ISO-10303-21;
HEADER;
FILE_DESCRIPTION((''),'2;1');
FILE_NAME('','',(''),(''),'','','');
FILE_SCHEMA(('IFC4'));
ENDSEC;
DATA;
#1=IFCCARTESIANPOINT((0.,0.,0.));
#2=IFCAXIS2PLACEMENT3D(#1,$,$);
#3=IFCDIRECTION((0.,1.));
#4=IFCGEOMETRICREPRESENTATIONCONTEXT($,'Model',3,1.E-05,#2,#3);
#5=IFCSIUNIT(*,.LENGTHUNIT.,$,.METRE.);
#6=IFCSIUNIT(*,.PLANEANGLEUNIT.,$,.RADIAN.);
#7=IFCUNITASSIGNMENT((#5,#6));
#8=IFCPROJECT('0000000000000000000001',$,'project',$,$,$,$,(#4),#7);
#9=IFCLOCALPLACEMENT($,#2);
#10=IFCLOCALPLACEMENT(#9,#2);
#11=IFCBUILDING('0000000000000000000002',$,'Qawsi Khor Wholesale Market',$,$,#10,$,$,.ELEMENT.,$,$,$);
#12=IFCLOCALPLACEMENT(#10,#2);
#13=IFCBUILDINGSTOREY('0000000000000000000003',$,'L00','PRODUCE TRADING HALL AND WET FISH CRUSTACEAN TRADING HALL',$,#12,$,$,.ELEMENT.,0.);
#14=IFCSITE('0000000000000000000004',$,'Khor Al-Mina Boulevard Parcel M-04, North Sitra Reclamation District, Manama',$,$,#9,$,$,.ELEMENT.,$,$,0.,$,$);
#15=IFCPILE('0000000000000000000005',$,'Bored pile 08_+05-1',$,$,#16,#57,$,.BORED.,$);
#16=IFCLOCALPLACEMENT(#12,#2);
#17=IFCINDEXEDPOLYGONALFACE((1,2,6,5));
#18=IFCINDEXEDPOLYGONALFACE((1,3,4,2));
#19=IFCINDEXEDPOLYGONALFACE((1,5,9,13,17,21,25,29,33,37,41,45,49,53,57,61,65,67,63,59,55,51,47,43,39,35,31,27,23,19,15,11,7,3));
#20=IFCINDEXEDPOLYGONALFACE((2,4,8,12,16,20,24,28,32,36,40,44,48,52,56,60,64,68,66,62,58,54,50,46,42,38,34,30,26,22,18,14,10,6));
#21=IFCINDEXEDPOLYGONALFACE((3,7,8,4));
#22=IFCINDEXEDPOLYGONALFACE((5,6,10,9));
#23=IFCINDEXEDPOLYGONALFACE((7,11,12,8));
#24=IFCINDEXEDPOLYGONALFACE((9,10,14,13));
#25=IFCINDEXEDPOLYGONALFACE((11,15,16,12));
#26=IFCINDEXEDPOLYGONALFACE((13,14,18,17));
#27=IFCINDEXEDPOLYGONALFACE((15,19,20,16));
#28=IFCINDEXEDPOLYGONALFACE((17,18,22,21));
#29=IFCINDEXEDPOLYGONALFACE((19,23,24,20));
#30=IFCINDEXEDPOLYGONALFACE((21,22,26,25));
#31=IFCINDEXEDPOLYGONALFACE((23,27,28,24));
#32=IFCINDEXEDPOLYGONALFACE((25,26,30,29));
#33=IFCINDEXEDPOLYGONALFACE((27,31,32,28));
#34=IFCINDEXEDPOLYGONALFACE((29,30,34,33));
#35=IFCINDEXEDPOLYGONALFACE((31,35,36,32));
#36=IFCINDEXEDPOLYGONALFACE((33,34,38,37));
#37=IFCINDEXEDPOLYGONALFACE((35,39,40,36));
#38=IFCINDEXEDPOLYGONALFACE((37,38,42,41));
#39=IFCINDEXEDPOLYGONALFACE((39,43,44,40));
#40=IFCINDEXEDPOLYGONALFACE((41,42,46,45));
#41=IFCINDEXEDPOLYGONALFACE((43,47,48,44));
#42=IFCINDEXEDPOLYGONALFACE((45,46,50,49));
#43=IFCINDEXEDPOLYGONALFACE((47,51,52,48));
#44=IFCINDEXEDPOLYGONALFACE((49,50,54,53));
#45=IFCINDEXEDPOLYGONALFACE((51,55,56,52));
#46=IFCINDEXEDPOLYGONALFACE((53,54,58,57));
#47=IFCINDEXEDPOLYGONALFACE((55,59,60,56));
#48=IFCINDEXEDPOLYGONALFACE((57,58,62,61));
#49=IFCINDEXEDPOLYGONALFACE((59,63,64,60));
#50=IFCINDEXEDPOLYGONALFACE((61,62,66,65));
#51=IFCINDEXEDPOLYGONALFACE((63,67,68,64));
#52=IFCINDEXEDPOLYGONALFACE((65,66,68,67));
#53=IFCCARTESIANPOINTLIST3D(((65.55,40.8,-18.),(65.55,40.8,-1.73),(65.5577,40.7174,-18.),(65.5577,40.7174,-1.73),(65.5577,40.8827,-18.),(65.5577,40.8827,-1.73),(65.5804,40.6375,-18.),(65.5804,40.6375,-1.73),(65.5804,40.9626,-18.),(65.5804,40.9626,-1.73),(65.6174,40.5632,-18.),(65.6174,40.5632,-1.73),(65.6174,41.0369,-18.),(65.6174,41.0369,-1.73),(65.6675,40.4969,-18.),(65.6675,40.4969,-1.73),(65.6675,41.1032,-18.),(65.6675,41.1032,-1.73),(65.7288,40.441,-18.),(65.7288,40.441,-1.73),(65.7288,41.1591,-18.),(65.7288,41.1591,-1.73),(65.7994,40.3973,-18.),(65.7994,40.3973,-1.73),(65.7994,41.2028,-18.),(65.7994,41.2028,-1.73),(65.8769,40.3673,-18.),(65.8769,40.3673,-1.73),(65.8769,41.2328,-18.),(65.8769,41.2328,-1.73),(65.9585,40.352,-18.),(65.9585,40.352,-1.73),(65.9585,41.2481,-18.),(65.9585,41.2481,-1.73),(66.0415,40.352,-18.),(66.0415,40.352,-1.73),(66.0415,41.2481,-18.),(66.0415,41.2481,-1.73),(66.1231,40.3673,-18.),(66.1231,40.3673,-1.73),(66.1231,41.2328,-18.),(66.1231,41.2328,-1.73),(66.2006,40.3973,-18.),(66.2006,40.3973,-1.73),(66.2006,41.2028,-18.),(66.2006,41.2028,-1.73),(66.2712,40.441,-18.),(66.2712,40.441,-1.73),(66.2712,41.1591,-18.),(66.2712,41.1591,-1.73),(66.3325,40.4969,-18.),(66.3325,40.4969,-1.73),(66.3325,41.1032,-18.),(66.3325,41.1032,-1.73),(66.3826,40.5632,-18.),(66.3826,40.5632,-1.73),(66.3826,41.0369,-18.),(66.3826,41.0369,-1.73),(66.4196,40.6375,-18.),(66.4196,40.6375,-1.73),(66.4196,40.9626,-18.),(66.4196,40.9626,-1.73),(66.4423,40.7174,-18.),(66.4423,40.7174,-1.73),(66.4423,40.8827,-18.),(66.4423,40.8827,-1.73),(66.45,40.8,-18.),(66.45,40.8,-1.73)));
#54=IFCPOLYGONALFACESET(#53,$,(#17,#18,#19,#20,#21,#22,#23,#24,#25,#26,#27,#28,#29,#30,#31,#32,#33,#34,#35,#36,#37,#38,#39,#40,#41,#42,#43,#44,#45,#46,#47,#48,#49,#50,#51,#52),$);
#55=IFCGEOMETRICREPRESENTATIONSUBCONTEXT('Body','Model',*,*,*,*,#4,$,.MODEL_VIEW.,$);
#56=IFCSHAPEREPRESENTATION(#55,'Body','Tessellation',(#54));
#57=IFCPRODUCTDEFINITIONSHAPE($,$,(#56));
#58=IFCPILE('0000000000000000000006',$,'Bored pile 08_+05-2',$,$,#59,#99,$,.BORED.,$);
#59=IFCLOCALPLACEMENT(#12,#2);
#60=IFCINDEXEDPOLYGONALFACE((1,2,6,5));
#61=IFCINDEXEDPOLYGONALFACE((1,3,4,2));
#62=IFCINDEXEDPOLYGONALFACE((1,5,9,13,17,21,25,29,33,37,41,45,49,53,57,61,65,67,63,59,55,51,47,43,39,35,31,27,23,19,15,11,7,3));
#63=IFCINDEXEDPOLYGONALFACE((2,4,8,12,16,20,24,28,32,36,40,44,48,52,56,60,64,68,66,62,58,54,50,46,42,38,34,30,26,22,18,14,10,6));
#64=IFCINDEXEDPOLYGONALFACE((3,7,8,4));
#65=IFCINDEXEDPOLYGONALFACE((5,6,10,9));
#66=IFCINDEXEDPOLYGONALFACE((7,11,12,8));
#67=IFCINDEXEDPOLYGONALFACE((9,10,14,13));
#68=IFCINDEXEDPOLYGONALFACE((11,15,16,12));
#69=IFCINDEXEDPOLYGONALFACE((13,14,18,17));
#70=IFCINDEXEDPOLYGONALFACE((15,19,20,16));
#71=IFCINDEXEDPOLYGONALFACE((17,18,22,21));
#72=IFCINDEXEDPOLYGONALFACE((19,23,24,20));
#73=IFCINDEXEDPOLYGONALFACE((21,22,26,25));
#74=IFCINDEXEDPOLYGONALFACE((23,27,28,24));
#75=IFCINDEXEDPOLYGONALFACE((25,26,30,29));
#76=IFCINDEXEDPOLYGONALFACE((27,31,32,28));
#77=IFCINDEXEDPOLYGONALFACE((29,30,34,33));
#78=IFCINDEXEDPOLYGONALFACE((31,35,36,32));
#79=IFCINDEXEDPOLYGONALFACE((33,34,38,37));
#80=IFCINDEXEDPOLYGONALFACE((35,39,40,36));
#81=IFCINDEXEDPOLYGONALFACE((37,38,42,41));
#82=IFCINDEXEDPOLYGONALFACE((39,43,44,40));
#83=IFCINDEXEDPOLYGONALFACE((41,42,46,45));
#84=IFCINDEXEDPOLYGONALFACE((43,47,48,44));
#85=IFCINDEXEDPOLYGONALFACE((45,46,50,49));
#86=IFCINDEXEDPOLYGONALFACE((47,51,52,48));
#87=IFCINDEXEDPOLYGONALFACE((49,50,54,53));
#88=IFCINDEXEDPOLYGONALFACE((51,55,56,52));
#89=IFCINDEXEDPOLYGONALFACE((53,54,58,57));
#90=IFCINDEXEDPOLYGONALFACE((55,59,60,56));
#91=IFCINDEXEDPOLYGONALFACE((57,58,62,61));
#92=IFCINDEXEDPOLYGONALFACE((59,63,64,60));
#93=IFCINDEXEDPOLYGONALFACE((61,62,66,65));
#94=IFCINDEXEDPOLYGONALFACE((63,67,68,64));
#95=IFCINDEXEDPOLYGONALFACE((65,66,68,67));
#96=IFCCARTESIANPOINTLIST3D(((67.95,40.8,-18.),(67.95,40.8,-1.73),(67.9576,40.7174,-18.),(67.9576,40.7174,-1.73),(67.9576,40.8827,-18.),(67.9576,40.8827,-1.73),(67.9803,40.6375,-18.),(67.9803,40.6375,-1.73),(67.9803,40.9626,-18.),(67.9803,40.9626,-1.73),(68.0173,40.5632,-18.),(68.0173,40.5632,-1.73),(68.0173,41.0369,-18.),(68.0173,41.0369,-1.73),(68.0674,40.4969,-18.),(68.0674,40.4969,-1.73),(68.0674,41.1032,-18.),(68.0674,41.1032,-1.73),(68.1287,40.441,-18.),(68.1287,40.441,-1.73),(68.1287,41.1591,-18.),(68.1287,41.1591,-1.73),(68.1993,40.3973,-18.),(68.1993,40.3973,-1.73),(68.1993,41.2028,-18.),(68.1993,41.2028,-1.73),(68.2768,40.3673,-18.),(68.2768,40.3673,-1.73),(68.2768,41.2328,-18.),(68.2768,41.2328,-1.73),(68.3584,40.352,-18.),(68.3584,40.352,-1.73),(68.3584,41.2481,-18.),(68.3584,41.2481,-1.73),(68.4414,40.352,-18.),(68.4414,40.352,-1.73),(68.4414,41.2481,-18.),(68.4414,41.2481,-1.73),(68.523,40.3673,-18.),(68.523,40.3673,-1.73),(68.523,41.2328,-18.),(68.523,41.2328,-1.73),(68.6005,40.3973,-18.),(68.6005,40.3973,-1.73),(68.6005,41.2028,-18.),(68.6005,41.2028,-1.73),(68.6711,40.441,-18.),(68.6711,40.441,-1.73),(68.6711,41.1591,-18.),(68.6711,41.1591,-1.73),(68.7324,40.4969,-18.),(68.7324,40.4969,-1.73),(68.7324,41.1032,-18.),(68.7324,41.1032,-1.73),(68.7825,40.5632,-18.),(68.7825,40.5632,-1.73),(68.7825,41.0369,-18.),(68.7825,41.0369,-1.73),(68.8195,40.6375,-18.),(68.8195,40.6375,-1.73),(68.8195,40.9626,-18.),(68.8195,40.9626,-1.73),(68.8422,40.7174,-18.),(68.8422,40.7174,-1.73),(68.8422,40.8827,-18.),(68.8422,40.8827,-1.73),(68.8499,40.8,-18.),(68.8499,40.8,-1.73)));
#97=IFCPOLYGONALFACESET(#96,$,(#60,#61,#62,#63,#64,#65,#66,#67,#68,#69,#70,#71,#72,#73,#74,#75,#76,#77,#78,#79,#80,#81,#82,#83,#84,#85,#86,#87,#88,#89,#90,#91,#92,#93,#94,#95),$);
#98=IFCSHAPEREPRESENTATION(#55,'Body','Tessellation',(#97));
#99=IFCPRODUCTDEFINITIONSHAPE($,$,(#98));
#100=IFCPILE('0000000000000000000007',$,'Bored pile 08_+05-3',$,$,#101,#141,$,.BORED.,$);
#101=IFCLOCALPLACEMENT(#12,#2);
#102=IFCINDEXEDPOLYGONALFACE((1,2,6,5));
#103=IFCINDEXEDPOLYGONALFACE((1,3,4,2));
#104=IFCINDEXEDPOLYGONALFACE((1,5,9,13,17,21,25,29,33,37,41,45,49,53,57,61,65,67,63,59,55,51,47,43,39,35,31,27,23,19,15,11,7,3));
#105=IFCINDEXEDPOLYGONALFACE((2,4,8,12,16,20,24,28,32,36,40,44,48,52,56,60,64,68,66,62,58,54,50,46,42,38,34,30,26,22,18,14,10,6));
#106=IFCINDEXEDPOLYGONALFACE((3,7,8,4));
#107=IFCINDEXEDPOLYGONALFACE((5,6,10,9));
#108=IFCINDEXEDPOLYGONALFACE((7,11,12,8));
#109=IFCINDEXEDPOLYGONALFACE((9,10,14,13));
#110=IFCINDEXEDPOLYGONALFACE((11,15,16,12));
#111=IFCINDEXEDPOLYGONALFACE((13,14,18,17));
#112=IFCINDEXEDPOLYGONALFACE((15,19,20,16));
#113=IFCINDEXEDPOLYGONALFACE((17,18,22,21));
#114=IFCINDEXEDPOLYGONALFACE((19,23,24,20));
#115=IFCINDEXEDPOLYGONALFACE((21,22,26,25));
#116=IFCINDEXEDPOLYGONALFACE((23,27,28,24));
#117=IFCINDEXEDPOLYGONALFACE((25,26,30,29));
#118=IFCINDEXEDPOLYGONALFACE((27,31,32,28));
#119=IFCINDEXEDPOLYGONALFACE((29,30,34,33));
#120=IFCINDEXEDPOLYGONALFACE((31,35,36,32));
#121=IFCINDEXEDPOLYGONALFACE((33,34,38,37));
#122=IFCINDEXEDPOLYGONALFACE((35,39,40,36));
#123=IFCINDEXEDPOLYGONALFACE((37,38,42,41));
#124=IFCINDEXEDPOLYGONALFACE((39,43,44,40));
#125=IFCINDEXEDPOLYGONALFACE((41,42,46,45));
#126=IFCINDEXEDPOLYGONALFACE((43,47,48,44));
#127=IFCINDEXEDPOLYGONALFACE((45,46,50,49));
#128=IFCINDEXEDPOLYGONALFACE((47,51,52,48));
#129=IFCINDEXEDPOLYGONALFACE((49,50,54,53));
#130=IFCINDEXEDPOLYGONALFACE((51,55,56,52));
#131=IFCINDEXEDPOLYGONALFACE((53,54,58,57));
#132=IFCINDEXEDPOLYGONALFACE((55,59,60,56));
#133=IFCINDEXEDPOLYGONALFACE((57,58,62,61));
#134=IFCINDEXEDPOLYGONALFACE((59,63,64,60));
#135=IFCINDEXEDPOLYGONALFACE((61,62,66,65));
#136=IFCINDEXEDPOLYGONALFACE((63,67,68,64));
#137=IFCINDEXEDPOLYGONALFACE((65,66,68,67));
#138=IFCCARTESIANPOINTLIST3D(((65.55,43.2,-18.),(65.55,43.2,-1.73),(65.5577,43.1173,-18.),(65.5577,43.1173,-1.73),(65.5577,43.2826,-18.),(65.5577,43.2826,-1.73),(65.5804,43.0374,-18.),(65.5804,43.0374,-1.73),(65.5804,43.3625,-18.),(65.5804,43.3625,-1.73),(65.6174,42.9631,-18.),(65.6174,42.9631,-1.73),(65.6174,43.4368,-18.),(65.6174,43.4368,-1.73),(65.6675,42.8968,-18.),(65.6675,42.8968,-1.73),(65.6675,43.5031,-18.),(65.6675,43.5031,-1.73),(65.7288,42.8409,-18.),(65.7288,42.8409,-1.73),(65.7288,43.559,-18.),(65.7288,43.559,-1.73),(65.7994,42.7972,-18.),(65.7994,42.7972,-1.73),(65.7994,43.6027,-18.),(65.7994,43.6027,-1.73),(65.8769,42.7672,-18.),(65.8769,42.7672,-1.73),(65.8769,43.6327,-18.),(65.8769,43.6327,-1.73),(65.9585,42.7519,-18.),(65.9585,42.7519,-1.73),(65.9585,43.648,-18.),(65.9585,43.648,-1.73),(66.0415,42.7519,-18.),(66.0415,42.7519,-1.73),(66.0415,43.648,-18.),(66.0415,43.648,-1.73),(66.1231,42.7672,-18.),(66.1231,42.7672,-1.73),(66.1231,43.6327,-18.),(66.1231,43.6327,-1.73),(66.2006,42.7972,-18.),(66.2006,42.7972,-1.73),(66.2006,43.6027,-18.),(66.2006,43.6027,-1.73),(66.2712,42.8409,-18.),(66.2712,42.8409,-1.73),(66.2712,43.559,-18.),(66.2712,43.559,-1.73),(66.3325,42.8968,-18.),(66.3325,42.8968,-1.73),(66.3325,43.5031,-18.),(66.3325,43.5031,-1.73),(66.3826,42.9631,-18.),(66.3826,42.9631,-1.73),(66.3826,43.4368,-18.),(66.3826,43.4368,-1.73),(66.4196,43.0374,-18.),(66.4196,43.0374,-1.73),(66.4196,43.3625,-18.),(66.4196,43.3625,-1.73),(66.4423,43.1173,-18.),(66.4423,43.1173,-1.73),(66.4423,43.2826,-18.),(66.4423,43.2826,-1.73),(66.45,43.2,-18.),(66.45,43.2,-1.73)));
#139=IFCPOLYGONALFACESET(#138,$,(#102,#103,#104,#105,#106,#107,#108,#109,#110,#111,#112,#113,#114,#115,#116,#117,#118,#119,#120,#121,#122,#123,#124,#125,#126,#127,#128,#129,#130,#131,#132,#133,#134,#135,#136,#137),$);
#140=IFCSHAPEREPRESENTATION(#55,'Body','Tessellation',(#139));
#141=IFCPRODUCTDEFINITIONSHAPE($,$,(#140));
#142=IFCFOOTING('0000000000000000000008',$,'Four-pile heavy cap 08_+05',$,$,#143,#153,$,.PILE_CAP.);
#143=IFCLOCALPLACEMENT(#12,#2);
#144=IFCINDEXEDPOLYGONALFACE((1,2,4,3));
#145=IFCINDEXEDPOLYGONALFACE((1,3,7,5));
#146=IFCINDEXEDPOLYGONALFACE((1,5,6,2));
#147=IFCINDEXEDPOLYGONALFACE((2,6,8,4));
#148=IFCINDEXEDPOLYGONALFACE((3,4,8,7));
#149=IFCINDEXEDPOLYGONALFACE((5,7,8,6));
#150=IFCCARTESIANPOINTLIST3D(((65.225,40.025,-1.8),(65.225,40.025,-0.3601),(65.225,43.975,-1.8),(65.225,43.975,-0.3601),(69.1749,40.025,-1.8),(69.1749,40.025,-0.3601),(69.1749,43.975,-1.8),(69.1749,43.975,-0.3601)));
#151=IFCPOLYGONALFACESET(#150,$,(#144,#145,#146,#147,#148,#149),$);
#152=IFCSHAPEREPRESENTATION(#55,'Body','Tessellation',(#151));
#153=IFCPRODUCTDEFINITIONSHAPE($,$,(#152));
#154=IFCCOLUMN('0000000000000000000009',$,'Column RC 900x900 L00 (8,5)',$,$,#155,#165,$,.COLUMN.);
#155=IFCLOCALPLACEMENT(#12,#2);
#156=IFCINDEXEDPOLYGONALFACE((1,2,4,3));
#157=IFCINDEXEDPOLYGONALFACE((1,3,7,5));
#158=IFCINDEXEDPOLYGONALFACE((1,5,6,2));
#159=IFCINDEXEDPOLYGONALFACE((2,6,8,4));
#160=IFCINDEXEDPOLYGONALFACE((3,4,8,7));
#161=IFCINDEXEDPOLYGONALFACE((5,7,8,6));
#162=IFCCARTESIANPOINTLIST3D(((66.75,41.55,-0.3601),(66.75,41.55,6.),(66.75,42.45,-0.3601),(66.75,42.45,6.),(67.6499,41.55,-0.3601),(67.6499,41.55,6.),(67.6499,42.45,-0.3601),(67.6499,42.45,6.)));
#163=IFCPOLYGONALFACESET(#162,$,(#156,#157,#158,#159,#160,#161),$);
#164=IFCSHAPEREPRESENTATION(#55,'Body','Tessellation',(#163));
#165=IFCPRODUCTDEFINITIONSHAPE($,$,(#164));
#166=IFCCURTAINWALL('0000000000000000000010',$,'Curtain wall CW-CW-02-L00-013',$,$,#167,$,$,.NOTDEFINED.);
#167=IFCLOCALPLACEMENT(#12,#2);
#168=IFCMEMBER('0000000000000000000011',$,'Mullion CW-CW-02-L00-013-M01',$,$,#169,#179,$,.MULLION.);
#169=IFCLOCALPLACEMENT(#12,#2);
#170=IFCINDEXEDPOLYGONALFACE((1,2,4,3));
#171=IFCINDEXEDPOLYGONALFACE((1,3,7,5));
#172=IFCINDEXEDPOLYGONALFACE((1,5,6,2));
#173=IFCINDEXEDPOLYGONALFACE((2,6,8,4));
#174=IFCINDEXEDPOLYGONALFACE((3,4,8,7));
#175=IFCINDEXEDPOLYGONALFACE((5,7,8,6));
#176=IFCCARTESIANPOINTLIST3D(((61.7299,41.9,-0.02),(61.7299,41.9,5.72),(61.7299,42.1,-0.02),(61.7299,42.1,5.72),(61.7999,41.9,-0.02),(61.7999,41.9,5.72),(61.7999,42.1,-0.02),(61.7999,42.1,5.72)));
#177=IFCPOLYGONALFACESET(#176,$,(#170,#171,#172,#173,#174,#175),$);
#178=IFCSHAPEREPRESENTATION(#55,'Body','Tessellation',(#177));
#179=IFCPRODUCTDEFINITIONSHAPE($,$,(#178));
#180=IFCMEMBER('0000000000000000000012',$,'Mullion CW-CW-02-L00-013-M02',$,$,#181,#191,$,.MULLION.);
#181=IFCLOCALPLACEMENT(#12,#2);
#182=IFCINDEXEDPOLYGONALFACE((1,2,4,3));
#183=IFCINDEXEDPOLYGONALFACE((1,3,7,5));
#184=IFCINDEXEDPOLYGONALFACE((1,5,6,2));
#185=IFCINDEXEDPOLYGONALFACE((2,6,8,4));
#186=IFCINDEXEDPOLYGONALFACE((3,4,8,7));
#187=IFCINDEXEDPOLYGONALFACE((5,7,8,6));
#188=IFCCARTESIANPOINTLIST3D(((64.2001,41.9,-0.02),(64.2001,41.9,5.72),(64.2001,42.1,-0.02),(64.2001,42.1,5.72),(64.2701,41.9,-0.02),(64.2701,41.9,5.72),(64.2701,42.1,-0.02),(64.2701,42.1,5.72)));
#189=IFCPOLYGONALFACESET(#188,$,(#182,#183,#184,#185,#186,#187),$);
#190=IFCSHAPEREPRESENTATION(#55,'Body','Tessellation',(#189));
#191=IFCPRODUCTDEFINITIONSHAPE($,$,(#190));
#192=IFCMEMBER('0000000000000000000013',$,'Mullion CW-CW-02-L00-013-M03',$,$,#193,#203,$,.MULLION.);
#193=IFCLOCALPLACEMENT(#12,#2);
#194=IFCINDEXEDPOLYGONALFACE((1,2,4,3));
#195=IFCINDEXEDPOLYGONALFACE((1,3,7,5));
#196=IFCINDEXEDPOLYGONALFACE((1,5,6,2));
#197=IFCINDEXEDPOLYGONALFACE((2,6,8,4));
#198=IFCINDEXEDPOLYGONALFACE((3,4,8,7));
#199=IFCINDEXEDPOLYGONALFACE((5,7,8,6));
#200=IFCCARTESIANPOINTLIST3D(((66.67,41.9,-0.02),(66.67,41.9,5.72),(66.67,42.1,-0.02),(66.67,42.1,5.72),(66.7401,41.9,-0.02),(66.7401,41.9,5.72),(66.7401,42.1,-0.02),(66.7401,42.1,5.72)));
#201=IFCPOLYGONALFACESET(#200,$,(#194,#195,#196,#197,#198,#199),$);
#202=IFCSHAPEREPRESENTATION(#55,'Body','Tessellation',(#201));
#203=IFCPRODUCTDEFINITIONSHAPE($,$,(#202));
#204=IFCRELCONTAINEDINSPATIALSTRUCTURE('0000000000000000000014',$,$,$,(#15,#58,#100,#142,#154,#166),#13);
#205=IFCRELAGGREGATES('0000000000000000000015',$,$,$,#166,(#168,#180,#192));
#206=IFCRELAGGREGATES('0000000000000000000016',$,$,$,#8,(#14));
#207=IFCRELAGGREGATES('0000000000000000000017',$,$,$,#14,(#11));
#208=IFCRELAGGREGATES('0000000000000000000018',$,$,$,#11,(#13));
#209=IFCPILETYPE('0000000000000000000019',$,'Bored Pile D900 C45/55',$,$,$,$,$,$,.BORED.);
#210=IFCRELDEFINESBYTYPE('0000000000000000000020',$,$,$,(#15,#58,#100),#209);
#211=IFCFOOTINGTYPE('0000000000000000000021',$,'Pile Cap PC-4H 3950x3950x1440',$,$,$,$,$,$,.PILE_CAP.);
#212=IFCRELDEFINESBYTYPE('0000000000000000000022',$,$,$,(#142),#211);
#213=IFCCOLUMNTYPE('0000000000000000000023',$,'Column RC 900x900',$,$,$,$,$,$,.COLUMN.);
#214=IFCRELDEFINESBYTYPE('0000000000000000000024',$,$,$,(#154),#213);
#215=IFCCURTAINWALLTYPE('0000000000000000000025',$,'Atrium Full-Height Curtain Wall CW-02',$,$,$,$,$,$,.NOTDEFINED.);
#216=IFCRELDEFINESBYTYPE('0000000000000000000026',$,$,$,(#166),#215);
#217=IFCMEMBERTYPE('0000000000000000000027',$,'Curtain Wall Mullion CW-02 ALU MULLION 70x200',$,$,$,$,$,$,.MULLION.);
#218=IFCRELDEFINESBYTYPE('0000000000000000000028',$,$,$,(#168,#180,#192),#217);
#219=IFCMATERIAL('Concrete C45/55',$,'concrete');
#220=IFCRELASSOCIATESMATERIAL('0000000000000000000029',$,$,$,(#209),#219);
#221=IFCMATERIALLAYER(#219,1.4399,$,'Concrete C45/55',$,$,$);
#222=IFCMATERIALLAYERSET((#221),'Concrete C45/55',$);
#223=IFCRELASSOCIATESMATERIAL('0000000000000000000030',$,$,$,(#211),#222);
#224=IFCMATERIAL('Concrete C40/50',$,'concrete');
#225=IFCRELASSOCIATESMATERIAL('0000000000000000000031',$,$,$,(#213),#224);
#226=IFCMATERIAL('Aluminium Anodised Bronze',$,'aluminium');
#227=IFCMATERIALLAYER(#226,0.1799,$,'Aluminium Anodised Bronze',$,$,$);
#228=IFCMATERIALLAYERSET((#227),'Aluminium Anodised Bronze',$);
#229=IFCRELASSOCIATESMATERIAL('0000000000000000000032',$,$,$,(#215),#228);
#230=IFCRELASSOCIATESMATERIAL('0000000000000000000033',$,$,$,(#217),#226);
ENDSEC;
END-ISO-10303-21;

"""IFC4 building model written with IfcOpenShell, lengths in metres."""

from ifc_helpers import new_model, si_unit, direction, frame, origin, origin_2d, place, context, subcontext, project, spatial, rectangle, circle, extrude, material, layer, layer_set, material_profile, profile_set, type_object, element, aggregate, save


model = new_model("IFC4")

# Units and contexts
model_context = context("Model", 3, precision=1e-05, world=origin(), true_north=direction((0.0, 1.0)))
body_context = subcontext(model_context, "Body", "Model", "MODEL_VIEW")
ifc_project = project(units=[si_unit("LENGTHUNIT", "METRE"), si_unit("PLANEANGLEUNIT", "RADIAN")], contexts=[model_context])

# Site, building, storey
site_placement = place(None, origin())
site = spatial("IfcSite", under=ifc_project, at=site_placement, Name="Khor Al-Mina Boulevard Parcel M-04, North Sitra Reclamation District, Manama", CompositionType="ELEMENT", RefElevation=0.0)
building_placement = place(site_placement, origin())
building = spatial("IfcBuilding", under=site, at=building_placement, Name="Qawsi Khor Wholesale Market", CompositionType="ELEMENT")
storey_placement = place(building_placement, origin())
storey = spatial("IfcBuildingStorey", under=building, at=storey_placement, Name="L00", Description="PRODUCE TRADING HALL AND WET FISH CRUSTACEAN TRADING HALL", CompositionType="ELEMENT", Elevation=0.0)

# Piles
ifc_material_1 = material(Name="Concrete C45/55", Category="concrete")
ifc_material_profile_1 = material_profile(ifc_material_1, circle(Radius=0.45, at=origin_2d()), Name="PILE D900")
ifc_profile_set_1 = profile_set([ifc_material_profile_1], Name="Concrete C45/55")
pile_type = type_object("IfcPileType", Name="Bored Pile D900 C45/55", PredefinedType="BORED", material=ifc_profile_set_1)
for number, where, z_axis, x_axis, name in (
    (1, (66.0, 40.8, -1.73), (0.0, 0.0, -1.0), (1.0, 0.0, 0.0), "Bored pile 08_+05-1"),
    (2, (68.3999, 40.8, -1.73), (0.0, 0.0, -1.0), (1.0, 0.0, 0.0), "Bored pile 08_+05-2"),
    (3, (66.0, 43.2, -1.73), (0.0, 0.0, -1.0), (1.0, 0.0, 0.0), "Bored pile 08_+05-3"),
):
    element("IfcPile", number, at=place(storey_placement, frame(where, z_axis=z_axis, x_axis=x_axis)), inside=storey, type_object=pile_type, Name=name, PredefinedType="BORED", context=body_context, shape_type="SweptSolid", body=[
        extrude(circle(Radius=0.45, at=origin_2d()), origin(), (0.0, 0.0, 1.0), 16.27),
    ])

# Footing
ifc_layer_1 = layer(ifc_material_1, 1.4399, Name="Concrete C45/55")
ifc_layer_set_1 = layer_set([ifc_layer_1], Name="Concrete C45/55")
footing_type = type_object("IfcFootingType", Name="Pile Cap PC-4H 3950x3950x1440", PredefinedType="PILE_CAP", material=ifc_layer_set_1)
footing_placement = place(storey_placement, frame((67.2, 42.0, -1.8), z_axis=(0.0, 0.0, 1.0), x_axis=(1.0, 0.0, 0.0)))
element("IfcFooting", 4, at=footing_placement, inside=storey, type_object=footing_type, Name="Four-pile heavy cap 08_+05", PredefinedType="PILE_CAP", context=body_context, shape_type="SweptSolid", body=[
    extrude(rectangle(XDim=3.95, YDim=3.95, at=origin_2d()), origin(), (0.0, 0.0, 1.0), 1.4399),
])

# Column
ifc_material_2 = material(Name="Concrete C40/50", Category="concrete")
ifc_material_profile_2 = material_profile(ifc_material_2, rectangle(XDim=0.8999, YDim=0.8999, at=origin_2d()), Name="RC 900x900")
ifc_profile_set_2 = profile_set([ifc_material_profile_2], Name="Concrete C40/50")
column_type = type_object("IfcColumnType", Name="Column RC 900x900", PredefinedType="COLUMN", material=ifc_profile_set_2)
column_placement = place(storey_placement, frame((67.2, 42.0, -0.3601), z_axis=(0.0, 0.0, 1.0), x_axis=(1.0, 0.0, 0.0)))
element("IfcColumn", 5, at=column_placement, inside=storey, type_object=column_type, Name="Column RC 900x900 L00 (8,5)", PredefinedType="COLUMN", context=body_context, shape_type="SweptSolid", body=[
    extrude(rectangle(XDim=0.8999, YDim=0.8999, at=origin_2d()), origin(), (0.0, 0.0, 1.0), 6.3601),
])

# Curtain wall, members
ifc_material_3 = material(Name="Aluminium Anodised Bronze", Category="aluminium")
ifc_layer_2 = layer(ifc_material_3, 0.1799, Name="Aluminium Anodised Bronze")
ifc_layer_set_2 = layer_set([ifc_layer_2], Name="Aluminium Anodised Bronze")
curtain_wall_type = type_object("IfcCurtainWallType", Name="Atrium Full-Height Curtain Wall CW-02", PredefinedType="NOTDEFINED", material=ifc_layer_set_2)
curtain_wall_1_placement = place(storey_placement, origin())
curtain_wall_1 = element("IfcCurtainWall", 6, at=curtain_wall_1_placement, inside=storey, type_object=curtain_wall_type, Name="Curtain wall CW-CW-02-L00-013", PredefinedType="NOTDEFINED")
ifc_material_profile_3 = material_profile(ifc_material_3, rectangle(XDim=0.0701, YDim=0.2, at=origin_2d()), Name="ALU MULLION 70x200")
ifc_profile_set_3 = profile_set([ifc_material_profile_3], Name="Aluminium Anodised Bronze")
member_type_1 = type_object("IfcMemberType", Name="Curtain Wall Mullion CW-02 ALU MULLION 70x200", PredefinedType="MULLION", material=ifc_profile_set_3)
member_1_placement = place(storey_placement, frame((61.7649, 42.0, -0.02), z_axis=(0.0, 0.0, 1.0), x_axis=(1.0, 0.0, 0.0)))
member_1 = element("IfcMember", 7, at=member_1_placement, type_object=member_type_1, Name="Mullion CW-CW-02-L00-013-M01", PredefinedType="MULLION", context=body_context, shape_type="SweptSolid", body=[
    extrude(rectangle(XDim=0.0701, YDim=0.2, at=origin_2d()), origin(), (0.0, 0.0, 1.0), 5.74),
])
member_2_placement = place(storey_placement, frame((64.2351, 42.0, -0.02), z_axis=(0.0, 0.0, 1.0), x_axis=(1.0, 0.0, 0.0)))
member_2 = element("IfcMember", 8, at=member_2_placement, type_object=member_type_1, Name="Mullion CW-CW-02-L00-013-M02", PredefinedType="MULLION", context=body_context, shape_type="SweptSolid", body=[
    extrude(rectangle(XDim=0.0701, YDim=0.2, at=origin_2d()), origin(), (0.0, 0.0, 1.0), 5.74),
])
member_3_placement = place(storey_placement, frame((66.7051, 42.0, -0.02), z_axis=(0.0, 0.0, 1.0), x_axis=(1.0, 0.0, 0.0)))
member_3 = element("IfcMember", 9, at=member_3_placement, type_object=member_type_1, Name="Mullion CW-CW-02-L00-013-M03", PredefinedType="MULLION", context=body_context, shape_type="SweptSolid", body=[
    extrude(rectangle(XDim=0.0701, YDim=0.2, at=origin_2d()), origin(), (0.0, 0.0, 1.0), 5.74),
])

aggregate(curtain_wall_1, [member_1, member_2, member_3])

save(model, "model.ifc")
